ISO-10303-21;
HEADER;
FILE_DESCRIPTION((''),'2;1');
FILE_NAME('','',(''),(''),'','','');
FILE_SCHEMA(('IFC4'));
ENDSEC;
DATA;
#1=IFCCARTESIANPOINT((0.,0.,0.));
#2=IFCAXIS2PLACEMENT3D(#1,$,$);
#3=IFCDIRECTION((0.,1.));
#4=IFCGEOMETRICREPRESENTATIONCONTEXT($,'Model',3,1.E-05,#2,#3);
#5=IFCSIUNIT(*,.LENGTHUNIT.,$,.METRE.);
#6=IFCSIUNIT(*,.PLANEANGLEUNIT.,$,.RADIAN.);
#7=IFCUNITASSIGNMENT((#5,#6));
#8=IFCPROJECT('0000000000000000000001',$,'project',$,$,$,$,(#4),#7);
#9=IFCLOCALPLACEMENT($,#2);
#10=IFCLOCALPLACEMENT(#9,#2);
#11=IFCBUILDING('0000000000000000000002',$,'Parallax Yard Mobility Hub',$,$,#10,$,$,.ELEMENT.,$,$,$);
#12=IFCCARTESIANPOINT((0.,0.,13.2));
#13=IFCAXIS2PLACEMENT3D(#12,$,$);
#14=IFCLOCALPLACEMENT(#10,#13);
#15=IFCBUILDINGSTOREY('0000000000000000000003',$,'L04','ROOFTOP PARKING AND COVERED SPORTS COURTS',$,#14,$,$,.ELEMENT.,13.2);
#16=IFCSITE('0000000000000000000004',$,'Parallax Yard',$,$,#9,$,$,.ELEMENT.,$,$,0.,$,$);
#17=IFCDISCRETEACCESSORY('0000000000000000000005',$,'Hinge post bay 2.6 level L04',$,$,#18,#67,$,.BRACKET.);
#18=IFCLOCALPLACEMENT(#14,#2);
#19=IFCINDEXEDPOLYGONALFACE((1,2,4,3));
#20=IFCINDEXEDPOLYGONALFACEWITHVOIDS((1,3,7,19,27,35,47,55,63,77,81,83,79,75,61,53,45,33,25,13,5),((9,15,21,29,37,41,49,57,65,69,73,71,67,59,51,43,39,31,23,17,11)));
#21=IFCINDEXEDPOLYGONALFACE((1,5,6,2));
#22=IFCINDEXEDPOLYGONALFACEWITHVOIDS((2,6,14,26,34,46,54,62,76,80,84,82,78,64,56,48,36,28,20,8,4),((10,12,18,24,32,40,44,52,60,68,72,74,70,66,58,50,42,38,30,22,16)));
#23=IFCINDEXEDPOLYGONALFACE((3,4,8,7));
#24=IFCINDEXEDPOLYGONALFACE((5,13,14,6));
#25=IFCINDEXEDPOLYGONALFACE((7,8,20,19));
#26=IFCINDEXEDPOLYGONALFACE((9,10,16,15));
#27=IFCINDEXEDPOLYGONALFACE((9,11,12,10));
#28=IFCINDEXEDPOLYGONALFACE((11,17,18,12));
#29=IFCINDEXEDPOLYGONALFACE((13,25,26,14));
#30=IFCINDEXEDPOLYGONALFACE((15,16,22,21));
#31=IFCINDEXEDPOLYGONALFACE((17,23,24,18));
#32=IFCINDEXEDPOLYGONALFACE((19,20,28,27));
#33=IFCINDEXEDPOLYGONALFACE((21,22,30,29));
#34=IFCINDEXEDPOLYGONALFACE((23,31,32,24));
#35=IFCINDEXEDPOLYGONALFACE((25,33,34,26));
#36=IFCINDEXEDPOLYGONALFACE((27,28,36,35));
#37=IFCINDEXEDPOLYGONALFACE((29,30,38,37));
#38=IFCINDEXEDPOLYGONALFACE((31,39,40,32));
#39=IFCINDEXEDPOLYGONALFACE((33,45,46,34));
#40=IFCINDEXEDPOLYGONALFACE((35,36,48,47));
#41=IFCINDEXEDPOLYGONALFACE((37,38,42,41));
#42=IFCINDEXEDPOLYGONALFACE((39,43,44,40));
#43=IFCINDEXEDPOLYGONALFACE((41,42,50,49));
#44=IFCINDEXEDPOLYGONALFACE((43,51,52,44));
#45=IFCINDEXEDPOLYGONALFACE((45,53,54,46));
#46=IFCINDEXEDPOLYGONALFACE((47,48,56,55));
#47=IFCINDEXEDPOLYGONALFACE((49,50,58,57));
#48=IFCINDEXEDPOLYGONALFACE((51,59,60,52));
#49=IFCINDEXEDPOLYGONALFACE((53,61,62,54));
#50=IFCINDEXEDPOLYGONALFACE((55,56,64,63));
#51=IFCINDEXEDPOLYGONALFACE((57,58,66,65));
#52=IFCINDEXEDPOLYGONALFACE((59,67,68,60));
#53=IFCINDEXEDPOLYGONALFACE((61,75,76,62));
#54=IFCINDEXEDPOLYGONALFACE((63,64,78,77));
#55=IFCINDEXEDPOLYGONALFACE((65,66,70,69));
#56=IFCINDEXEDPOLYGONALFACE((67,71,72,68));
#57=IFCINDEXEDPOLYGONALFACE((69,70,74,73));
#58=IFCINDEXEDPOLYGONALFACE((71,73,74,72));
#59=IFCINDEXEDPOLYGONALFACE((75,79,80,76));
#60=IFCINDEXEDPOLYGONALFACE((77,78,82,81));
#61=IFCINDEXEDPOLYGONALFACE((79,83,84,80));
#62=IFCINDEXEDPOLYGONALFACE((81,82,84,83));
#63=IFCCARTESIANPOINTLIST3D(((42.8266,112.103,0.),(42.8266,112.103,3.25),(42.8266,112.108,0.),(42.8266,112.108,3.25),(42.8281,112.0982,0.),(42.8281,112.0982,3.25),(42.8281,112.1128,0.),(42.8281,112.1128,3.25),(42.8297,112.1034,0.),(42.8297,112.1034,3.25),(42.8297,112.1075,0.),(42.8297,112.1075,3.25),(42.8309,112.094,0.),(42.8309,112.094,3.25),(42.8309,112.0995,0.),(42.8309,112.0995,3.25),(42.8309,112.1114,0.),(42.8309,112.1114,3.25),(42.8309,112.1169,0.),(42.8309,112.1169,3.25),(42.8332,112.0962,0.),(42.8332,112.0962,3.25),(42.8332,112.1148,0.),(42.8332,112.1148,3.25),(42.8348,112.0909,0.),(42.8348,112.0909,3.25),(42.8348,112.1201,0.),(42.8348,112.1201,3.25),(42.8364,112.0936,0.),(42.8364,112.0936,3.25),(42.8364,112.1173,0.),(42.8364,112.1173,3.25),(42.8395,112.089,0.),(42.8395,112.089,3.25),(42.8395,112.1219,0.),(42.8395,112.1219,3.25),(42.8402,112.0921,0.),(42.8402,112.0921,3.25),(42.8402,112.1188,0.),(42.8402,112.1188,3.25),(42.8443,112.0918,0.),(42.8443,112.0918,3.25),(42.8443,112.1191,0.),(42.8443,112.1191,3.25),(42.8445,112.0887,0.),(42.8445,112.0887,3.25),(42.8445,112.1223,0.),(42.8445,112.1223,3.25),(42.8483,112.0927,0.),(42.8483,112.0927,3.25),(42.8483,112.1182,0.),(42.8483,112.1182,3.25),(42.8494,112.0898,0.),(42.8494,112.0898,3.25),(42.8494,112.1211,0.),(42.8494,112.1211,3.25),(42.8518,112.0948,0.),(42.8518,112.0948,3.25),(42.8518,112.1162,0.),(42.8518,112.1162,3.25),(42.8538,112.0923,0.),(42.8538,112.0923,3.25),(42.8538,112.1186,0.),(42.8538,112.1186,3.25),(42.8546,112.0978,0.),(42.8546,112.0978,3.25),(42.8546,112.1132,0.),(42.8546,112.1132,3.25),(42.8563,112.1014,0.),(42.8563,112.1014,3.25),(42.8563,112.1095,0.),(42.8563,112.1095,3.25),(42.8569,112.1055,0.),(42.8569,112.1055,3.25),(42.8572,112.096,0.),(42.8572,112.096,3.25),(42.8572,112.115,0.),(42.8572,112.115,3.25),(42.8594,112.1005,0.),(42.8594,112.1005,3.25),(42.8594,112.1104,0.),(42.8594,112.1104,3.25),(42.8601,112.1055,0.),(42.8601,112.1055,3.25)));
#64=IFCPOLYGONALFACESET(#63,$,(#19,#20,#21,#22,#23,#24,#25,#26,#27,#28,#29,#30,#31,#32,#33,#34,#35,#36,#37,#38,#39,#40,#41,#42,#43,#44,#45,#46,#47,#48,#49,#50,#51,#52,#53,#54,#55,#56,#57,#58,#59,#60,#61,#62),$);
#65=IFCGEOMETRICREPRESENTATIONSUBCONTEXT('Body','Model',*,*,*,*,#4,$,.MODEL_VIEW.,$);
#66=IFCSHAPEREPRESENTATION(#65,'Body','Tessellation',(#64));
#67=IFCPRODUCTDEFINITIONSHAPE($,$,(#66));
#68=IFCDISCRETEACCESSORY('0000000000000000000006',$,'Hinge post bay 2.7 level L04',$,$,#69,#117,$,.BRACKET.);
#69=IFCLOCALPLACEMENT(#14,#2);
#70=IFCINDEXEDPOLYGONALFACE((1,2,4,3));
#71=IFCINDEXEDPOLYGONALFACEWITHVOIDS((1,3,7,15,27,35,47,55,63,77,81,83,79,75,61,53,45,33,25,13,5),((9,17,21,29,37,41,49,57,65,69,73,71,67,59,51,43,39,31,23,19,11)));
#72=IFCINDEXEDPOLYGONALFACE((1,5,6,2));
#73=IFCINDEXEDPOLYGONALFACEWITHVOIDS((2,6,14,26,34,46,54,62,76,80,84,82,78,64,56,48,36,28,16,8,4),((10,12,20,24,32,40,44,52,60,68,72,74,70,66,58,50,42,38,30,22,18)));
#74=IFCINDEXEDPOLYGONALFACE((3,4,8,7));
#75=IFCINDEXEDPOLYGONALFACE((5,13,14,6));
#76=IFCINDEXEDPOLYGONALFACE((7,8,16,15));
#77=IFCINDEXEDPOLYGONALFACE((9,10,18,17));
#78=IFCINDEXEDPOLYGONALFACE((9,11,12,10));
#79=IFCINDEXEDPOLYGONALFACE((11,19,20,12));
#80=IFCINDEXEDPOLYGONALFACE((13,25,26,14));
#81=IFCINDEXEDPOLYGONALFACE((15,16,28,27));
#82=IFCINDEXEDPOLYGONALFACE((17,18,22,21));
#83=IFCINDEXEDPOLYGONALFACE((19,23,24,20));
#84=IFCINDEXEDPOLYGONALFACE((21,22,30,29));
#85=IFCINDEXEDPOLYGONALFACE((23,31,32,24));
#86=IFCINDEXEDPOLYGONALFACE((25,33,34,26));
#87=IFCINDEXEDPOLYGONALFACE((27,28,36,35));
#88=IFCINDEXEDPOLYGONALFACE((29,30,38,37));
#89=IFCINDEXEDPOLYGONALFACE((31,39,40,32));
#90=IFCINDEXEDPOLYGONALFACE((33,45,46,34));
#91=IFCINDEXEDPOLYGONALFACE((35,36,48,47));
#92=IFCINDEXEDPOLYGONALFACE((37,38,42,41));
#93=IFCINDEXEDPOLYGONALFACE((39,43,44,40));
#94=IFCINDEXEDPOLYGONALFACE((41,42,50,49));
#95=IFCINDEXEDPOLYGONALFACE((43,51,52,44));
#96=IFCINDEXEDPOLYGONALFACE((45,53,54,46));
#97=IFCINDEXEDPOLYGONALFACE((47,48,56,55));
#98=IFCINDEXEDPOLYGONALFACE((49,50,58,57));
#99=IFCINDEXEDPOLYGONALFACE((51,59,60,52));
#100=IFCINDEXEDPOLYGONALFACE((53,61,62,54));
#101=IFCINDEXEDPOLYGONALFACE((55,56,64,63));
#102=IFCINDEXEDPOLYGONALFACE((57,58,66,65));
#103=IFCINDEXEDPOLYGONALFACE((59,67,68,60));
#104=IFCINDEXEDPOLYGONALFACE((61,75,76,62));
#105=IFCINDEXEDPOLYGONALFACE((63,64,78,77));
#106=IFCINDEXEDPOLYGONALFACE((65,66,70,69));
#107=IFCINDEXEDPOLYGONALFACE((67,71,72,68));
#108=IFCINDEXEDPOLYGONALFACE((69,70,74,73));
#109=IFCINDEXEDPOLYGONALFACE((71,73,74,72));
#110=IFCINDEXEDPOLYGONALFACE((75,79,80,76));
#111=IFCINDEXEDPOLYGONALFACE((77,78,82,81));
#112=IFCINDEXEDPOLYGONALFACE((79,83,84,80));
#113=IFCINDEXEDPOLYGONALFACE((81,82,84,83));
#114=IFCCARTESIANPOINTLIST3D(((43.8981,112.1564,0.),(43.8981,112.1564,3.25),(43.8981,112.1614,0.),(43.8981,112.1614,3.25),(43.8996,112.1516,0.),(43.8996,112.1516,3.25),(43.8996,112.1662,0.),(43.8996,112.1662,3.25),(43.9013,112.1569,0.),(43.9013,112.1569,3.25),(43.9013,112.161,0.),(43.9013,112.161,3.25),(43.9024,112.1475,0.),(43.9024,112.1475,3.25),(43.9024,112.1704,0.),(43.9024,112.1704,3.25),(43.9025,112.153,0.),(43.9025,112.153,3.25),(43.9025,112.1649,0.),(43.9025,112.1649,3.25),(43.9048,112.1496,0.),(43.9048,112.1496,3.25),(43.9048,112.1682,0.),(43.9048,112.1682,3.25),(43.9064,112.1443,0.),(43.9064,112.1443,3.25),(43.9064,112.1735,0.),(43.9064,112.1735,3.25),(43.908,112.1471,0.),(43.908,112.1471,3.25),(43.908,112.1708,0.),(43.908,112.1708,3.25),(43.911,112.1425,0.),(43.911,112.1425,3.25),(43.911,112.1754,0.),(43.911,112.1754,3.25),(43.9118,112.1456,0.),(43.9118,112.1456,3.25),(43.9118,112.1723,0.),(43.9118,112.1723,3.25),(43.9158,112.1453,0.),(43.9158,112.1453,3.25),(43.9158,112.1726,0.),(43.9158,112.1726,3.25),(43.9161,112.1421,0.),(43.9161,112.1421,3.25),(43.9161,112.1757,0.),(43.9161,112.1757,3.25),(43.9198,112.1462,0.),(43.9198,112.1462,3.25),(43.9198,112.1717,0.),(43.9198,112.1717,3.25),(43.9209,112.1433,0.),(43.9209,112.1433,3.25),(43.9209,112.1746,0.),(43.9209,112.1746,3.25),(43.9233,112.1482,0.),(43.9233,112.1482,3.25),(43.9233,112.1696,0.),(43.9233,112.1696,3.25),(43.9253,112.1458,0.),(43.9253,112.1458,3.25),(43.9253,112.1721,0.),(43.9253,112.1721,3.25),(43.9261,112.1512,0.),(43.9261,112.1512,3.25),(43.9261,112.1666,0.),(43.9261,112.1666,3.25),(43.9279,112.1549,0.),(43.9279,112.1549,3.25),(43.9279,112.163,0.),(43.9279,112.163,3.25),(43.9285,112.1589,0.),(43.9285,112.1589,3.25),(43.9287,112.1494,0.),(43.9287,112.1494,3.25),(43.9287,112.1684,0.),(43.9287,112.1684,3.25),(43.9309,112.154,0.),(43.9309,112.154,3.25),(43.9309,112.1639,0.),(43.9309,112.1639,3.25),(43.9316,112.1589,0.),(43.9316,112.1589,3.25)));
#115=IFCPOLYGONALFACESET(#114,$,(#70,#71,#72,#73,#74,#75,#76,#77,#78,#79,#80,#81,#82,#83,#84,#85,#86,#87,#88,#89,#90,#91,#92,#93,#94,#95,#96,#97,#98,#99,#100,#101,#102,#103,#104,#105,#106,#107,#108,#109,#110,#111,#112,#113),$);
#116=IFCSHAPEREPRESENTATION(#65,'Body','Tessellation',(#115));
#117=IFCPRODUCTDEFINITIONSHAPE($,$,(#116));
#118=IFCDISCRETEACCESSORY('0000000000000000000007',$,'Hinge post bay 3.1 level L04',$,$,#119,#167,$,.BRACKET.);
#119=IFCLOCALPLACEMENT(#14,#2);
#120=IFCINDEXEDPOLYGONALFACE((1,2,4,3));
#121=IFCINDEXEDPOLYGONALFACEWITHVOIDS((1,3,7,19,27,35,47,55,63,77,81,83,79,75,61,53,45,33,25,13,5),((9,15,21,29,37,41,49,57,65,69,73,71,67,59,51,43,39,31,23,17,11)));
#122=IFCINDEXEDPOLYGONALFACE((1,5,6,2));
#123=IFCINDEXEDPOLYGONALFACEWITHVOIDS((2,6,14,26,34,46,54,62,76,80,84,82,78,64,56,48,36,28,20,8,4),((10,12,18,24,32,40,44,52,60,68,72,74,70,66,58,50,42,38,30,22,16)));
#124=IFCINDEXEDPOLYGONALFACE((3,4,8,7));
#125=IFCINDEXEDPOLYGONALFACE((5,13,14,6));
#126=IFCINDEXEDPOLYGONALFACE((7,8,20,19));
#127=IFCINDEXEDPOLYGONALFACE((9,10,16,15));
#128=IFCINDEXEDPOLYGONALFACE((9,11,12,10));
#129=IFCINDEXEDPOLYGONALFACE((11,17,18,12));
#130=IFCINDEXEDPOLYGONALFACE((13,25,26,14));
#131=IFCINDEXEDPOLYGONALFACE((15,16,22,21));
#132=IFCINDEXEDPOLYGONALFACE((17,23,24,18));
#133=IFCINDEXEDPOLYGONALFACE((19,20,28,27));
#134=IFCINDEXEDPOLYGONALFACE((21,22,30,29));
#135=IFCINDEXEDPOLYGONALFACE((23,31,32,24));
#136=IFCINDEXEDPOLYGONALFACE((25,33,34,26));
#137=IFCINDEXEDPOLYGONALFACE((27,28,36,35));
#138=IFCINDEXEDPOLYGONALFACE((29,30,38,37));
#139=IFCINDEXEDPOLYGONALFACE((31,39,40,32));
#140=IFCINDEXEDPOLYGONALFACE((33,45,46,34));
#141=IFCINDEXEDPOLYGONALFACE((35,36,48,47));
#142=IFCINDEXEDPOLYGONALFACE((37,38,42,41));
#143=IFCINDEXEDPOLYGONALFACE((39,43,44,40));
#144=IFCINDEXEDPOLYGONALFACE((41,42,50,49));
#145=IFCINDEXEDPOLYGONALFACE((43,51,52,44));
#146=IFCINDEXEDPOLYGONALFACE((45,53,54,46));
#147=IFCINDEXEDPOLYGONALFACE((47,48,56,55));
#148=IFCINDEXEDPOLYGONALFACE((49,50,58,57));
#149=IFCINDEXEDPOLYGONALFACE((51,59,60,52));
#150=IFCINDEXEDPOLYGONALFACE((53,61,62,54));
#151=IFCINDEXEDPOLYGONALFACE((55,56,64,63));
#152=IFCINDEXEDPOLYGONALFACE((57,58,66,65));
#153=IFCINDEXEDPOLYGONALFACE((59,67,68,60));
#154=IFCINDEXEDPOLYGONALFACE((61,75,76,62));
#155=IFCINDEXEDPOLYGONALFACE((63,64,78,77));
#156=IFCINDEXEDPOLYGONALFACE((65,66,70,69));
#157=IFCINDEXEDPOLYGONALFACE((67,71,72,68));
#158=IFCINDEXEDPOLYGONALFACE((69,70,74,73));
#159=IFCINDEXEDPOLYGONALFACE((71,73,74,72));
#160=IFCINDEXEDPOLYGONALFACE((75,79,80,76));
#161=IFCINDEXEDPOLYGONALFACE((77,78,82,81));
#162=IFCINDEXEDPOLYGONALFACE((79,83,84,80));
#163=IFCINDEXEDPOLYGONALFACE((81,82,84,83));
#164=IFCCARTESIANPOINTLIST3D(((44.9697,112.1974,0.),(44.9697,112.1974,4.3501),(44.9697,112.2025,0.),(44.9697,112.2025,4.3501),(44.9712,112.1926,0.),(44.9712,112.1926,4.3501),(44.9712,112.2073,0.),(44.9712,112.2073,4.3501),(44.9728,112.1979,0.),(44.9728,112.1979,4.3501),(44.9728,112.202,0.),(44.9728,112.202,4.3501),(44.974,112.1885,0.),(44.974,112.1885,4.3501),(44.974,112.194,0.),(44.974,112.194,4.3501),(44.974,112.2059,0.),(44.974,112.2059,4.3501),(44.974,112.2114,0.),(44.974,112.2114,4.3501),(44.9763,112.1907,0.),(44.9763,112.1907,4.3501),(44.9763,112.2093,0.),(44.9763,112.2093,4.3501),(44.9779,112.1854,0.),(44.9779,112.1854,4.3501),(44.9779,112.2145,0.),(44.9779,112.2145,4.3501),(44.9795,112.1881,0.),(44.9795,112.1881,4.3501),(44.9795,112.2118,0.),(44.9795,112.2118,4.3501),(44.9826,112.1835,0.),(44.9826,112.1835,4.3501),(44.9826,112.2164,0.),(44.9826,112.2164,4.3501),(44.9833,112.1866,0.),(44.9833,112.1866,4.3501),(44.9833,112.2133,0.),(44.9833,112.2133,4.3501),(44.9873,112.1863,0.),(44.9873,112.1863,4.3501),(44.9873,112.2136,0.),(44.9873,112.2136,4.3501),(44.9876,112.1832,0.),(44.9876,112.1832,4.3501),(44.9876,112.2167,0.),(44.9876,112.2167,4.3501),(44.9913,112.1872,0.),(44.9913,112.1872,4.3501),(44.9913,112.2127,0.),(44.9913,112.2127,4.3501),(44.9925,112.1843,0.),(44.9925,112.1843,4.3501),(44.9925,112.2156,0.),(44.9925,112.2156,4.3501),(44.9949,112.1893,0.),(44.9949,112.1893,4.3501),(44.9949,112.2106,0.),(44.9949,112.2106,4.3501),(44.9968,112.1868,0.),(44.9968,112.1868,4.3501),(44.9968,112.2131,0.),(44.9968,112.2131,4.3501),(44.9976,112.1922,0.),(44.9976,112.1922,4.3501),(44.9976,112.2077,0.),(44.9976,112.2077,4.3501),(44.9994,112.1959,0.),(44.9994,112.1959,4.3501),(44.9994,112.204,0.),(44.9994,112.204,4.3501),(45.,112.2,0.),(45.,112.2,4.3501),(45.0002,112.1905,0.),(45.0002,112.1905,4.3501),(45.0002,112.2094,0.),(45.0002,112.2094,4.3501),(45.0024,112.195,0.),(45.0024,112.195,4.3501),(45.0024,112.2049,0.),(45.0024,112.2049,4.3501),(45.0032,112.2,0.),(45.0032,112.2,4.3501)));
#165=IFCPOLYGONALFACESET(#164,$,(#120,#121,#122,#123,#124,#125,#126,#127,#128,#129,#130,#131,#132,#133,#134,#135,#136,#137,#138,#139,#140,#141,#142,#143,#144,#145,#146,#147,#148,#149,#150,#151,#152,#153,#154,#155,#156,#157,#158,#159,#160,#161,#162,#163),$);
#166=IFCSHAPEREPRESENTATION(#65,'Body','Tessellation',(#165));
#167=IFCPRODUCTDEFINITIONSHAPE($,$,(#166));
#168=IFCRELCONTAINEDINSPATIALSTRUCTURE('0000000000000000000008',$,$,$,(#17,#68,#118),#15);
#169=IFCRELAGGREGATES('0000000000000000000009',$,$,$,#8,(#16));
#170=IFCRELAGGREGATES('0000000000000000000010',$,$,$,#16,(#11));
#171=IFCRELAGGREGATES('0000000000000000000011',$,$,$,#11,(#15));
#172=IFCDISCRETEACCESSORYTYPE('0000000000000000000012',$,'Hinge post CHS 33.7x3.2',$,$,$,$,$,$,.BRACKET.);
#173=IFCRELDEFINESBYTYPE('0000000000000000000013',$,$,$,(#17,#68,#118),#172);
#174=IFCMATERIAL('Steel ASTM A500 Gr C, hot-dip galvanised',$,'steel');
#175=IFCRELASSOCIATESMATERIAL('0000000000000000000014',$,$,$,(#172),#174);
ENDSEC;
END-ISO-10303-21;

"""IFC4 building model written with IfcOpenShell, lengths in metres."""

from ifc_helpers import new_model, si_unit, direction, frame, origin, origin_2d, place, context, subcontext, project, spatial, hollow_circle, extrude, material, material_profile, profile_set, type_object, element, save


model = new_model("IFC4")

# Units and contexts
model_context = context("Model", 3, precision=1e-05, world=origin(), true_north=direction((0.0, 1.0)))
body_context = subcontext(model_context, "Body", "Model", "MODEL_VIEW")
ifc_project = project(units=[si_unit("LENGTHUNIT", "METRE"), si_unit("PLANEANGLEUNIT", "RADIAN")], contexts=[model_context])

# Site, building, storey
site_placement = place(None, origin())
site = spatial("IfcSite", under=ifc_project, at=site_placement, Name="Parallax Yard", CompositionType="ELEMENT", RefElevation=0.0)
building_placement = place(site_placement, origin())
building = spatial("IfcBuilding", under=site, at=building_placement, Name="Parallax Yard Mobility Hub", CompositionType="ELEMENT")
storey_placement = place(building_placement, frame((0.0, 0.0, 13.2)))
storey = spatial("IfcBuildingStorey", under=building, at=storey_placement, Name="L04", Description="ROOFTOP PARKING AND COVERED SPORTS COURTS", CompositionType="ELEMENT", Elevation=13.2)

# Discrete accessories
ifc_material_1 = material(Name="Steel ASTM A500 Gr C, hot-dip galvanised", Category="steel")
ifc_material_profile_1 = material_profile(ifc_material_1, hollow_circle(Radius=0.0168, WallThickness=0.0032, at=origin_2d()), Name="CHS 33.7x3.2")
ifc_profile_set_1 = profile_set([ifc_material_profile_1], Name="Steel ASTM A500 Gr C, hot-dip galvanised")
discrete_accessory_type_1 = type_object("IfcDiscreteAccessoryType", Name="Hinge post CHS 33.7x3.2", PredefinedType="BRACKET", material=ifc_profile_set_1)
for number, where, z_axis, x_axis, name in (
    (1, (42.8433, 112.1055, 0.0), (0.0, 0.0, 1.0), (1.0, 0.0, 0.0), "Hinge post bay 2.6 level L04"),
    (2, (43.9148, 112.1589, 0.0), (0.0, 0.0, 1.0), (1.0, 0.0, 0.0), "Hinge post bay 2.7 level L04"),
):
    element("IfcDiscreteAccessory", number, at=place(storey_placement, frame(where, z_axis=z_axis, x_axis=x_axis)), inside=storey, type_object=discrete_accessory_type_1, Name=name, PredefinedType="BRACKET", context=body_context, shape_type="SweptSolid", body=[
        extrude(hollow_circle(Radius=0.0168, WallThickness=0.0032, at=origin_2d()), origin(), (0.0, 0.0, 1.0), 3.25),
    ])
for number, where, z_axis, x_axis, name in (
    (3, (44.9863, 112.2, 0.0), (0.0, 0.0, 1.0), (1.0, 0.0, 0.0), "Hinge post bay 3.1 level L04"),
):
    element("IfcDiscreteAccessory", number, at=place(storey_placement, frame(where, z_axis=z_axis, x_axis=x_axis)), inside=storey, type_object=discrete_accessory_type_1, Name=name, PredefinedType="BRACKET", context=body_context, shape_type="SweptSolid", body=[
        extrude(hollow_circle(Radius=0.0168, WallThickness=0.0032, at=origin_2d()), origin(), (0.0, 0.0, 1.0), 4.3501),
    ])

save(model, "model.ifc")
